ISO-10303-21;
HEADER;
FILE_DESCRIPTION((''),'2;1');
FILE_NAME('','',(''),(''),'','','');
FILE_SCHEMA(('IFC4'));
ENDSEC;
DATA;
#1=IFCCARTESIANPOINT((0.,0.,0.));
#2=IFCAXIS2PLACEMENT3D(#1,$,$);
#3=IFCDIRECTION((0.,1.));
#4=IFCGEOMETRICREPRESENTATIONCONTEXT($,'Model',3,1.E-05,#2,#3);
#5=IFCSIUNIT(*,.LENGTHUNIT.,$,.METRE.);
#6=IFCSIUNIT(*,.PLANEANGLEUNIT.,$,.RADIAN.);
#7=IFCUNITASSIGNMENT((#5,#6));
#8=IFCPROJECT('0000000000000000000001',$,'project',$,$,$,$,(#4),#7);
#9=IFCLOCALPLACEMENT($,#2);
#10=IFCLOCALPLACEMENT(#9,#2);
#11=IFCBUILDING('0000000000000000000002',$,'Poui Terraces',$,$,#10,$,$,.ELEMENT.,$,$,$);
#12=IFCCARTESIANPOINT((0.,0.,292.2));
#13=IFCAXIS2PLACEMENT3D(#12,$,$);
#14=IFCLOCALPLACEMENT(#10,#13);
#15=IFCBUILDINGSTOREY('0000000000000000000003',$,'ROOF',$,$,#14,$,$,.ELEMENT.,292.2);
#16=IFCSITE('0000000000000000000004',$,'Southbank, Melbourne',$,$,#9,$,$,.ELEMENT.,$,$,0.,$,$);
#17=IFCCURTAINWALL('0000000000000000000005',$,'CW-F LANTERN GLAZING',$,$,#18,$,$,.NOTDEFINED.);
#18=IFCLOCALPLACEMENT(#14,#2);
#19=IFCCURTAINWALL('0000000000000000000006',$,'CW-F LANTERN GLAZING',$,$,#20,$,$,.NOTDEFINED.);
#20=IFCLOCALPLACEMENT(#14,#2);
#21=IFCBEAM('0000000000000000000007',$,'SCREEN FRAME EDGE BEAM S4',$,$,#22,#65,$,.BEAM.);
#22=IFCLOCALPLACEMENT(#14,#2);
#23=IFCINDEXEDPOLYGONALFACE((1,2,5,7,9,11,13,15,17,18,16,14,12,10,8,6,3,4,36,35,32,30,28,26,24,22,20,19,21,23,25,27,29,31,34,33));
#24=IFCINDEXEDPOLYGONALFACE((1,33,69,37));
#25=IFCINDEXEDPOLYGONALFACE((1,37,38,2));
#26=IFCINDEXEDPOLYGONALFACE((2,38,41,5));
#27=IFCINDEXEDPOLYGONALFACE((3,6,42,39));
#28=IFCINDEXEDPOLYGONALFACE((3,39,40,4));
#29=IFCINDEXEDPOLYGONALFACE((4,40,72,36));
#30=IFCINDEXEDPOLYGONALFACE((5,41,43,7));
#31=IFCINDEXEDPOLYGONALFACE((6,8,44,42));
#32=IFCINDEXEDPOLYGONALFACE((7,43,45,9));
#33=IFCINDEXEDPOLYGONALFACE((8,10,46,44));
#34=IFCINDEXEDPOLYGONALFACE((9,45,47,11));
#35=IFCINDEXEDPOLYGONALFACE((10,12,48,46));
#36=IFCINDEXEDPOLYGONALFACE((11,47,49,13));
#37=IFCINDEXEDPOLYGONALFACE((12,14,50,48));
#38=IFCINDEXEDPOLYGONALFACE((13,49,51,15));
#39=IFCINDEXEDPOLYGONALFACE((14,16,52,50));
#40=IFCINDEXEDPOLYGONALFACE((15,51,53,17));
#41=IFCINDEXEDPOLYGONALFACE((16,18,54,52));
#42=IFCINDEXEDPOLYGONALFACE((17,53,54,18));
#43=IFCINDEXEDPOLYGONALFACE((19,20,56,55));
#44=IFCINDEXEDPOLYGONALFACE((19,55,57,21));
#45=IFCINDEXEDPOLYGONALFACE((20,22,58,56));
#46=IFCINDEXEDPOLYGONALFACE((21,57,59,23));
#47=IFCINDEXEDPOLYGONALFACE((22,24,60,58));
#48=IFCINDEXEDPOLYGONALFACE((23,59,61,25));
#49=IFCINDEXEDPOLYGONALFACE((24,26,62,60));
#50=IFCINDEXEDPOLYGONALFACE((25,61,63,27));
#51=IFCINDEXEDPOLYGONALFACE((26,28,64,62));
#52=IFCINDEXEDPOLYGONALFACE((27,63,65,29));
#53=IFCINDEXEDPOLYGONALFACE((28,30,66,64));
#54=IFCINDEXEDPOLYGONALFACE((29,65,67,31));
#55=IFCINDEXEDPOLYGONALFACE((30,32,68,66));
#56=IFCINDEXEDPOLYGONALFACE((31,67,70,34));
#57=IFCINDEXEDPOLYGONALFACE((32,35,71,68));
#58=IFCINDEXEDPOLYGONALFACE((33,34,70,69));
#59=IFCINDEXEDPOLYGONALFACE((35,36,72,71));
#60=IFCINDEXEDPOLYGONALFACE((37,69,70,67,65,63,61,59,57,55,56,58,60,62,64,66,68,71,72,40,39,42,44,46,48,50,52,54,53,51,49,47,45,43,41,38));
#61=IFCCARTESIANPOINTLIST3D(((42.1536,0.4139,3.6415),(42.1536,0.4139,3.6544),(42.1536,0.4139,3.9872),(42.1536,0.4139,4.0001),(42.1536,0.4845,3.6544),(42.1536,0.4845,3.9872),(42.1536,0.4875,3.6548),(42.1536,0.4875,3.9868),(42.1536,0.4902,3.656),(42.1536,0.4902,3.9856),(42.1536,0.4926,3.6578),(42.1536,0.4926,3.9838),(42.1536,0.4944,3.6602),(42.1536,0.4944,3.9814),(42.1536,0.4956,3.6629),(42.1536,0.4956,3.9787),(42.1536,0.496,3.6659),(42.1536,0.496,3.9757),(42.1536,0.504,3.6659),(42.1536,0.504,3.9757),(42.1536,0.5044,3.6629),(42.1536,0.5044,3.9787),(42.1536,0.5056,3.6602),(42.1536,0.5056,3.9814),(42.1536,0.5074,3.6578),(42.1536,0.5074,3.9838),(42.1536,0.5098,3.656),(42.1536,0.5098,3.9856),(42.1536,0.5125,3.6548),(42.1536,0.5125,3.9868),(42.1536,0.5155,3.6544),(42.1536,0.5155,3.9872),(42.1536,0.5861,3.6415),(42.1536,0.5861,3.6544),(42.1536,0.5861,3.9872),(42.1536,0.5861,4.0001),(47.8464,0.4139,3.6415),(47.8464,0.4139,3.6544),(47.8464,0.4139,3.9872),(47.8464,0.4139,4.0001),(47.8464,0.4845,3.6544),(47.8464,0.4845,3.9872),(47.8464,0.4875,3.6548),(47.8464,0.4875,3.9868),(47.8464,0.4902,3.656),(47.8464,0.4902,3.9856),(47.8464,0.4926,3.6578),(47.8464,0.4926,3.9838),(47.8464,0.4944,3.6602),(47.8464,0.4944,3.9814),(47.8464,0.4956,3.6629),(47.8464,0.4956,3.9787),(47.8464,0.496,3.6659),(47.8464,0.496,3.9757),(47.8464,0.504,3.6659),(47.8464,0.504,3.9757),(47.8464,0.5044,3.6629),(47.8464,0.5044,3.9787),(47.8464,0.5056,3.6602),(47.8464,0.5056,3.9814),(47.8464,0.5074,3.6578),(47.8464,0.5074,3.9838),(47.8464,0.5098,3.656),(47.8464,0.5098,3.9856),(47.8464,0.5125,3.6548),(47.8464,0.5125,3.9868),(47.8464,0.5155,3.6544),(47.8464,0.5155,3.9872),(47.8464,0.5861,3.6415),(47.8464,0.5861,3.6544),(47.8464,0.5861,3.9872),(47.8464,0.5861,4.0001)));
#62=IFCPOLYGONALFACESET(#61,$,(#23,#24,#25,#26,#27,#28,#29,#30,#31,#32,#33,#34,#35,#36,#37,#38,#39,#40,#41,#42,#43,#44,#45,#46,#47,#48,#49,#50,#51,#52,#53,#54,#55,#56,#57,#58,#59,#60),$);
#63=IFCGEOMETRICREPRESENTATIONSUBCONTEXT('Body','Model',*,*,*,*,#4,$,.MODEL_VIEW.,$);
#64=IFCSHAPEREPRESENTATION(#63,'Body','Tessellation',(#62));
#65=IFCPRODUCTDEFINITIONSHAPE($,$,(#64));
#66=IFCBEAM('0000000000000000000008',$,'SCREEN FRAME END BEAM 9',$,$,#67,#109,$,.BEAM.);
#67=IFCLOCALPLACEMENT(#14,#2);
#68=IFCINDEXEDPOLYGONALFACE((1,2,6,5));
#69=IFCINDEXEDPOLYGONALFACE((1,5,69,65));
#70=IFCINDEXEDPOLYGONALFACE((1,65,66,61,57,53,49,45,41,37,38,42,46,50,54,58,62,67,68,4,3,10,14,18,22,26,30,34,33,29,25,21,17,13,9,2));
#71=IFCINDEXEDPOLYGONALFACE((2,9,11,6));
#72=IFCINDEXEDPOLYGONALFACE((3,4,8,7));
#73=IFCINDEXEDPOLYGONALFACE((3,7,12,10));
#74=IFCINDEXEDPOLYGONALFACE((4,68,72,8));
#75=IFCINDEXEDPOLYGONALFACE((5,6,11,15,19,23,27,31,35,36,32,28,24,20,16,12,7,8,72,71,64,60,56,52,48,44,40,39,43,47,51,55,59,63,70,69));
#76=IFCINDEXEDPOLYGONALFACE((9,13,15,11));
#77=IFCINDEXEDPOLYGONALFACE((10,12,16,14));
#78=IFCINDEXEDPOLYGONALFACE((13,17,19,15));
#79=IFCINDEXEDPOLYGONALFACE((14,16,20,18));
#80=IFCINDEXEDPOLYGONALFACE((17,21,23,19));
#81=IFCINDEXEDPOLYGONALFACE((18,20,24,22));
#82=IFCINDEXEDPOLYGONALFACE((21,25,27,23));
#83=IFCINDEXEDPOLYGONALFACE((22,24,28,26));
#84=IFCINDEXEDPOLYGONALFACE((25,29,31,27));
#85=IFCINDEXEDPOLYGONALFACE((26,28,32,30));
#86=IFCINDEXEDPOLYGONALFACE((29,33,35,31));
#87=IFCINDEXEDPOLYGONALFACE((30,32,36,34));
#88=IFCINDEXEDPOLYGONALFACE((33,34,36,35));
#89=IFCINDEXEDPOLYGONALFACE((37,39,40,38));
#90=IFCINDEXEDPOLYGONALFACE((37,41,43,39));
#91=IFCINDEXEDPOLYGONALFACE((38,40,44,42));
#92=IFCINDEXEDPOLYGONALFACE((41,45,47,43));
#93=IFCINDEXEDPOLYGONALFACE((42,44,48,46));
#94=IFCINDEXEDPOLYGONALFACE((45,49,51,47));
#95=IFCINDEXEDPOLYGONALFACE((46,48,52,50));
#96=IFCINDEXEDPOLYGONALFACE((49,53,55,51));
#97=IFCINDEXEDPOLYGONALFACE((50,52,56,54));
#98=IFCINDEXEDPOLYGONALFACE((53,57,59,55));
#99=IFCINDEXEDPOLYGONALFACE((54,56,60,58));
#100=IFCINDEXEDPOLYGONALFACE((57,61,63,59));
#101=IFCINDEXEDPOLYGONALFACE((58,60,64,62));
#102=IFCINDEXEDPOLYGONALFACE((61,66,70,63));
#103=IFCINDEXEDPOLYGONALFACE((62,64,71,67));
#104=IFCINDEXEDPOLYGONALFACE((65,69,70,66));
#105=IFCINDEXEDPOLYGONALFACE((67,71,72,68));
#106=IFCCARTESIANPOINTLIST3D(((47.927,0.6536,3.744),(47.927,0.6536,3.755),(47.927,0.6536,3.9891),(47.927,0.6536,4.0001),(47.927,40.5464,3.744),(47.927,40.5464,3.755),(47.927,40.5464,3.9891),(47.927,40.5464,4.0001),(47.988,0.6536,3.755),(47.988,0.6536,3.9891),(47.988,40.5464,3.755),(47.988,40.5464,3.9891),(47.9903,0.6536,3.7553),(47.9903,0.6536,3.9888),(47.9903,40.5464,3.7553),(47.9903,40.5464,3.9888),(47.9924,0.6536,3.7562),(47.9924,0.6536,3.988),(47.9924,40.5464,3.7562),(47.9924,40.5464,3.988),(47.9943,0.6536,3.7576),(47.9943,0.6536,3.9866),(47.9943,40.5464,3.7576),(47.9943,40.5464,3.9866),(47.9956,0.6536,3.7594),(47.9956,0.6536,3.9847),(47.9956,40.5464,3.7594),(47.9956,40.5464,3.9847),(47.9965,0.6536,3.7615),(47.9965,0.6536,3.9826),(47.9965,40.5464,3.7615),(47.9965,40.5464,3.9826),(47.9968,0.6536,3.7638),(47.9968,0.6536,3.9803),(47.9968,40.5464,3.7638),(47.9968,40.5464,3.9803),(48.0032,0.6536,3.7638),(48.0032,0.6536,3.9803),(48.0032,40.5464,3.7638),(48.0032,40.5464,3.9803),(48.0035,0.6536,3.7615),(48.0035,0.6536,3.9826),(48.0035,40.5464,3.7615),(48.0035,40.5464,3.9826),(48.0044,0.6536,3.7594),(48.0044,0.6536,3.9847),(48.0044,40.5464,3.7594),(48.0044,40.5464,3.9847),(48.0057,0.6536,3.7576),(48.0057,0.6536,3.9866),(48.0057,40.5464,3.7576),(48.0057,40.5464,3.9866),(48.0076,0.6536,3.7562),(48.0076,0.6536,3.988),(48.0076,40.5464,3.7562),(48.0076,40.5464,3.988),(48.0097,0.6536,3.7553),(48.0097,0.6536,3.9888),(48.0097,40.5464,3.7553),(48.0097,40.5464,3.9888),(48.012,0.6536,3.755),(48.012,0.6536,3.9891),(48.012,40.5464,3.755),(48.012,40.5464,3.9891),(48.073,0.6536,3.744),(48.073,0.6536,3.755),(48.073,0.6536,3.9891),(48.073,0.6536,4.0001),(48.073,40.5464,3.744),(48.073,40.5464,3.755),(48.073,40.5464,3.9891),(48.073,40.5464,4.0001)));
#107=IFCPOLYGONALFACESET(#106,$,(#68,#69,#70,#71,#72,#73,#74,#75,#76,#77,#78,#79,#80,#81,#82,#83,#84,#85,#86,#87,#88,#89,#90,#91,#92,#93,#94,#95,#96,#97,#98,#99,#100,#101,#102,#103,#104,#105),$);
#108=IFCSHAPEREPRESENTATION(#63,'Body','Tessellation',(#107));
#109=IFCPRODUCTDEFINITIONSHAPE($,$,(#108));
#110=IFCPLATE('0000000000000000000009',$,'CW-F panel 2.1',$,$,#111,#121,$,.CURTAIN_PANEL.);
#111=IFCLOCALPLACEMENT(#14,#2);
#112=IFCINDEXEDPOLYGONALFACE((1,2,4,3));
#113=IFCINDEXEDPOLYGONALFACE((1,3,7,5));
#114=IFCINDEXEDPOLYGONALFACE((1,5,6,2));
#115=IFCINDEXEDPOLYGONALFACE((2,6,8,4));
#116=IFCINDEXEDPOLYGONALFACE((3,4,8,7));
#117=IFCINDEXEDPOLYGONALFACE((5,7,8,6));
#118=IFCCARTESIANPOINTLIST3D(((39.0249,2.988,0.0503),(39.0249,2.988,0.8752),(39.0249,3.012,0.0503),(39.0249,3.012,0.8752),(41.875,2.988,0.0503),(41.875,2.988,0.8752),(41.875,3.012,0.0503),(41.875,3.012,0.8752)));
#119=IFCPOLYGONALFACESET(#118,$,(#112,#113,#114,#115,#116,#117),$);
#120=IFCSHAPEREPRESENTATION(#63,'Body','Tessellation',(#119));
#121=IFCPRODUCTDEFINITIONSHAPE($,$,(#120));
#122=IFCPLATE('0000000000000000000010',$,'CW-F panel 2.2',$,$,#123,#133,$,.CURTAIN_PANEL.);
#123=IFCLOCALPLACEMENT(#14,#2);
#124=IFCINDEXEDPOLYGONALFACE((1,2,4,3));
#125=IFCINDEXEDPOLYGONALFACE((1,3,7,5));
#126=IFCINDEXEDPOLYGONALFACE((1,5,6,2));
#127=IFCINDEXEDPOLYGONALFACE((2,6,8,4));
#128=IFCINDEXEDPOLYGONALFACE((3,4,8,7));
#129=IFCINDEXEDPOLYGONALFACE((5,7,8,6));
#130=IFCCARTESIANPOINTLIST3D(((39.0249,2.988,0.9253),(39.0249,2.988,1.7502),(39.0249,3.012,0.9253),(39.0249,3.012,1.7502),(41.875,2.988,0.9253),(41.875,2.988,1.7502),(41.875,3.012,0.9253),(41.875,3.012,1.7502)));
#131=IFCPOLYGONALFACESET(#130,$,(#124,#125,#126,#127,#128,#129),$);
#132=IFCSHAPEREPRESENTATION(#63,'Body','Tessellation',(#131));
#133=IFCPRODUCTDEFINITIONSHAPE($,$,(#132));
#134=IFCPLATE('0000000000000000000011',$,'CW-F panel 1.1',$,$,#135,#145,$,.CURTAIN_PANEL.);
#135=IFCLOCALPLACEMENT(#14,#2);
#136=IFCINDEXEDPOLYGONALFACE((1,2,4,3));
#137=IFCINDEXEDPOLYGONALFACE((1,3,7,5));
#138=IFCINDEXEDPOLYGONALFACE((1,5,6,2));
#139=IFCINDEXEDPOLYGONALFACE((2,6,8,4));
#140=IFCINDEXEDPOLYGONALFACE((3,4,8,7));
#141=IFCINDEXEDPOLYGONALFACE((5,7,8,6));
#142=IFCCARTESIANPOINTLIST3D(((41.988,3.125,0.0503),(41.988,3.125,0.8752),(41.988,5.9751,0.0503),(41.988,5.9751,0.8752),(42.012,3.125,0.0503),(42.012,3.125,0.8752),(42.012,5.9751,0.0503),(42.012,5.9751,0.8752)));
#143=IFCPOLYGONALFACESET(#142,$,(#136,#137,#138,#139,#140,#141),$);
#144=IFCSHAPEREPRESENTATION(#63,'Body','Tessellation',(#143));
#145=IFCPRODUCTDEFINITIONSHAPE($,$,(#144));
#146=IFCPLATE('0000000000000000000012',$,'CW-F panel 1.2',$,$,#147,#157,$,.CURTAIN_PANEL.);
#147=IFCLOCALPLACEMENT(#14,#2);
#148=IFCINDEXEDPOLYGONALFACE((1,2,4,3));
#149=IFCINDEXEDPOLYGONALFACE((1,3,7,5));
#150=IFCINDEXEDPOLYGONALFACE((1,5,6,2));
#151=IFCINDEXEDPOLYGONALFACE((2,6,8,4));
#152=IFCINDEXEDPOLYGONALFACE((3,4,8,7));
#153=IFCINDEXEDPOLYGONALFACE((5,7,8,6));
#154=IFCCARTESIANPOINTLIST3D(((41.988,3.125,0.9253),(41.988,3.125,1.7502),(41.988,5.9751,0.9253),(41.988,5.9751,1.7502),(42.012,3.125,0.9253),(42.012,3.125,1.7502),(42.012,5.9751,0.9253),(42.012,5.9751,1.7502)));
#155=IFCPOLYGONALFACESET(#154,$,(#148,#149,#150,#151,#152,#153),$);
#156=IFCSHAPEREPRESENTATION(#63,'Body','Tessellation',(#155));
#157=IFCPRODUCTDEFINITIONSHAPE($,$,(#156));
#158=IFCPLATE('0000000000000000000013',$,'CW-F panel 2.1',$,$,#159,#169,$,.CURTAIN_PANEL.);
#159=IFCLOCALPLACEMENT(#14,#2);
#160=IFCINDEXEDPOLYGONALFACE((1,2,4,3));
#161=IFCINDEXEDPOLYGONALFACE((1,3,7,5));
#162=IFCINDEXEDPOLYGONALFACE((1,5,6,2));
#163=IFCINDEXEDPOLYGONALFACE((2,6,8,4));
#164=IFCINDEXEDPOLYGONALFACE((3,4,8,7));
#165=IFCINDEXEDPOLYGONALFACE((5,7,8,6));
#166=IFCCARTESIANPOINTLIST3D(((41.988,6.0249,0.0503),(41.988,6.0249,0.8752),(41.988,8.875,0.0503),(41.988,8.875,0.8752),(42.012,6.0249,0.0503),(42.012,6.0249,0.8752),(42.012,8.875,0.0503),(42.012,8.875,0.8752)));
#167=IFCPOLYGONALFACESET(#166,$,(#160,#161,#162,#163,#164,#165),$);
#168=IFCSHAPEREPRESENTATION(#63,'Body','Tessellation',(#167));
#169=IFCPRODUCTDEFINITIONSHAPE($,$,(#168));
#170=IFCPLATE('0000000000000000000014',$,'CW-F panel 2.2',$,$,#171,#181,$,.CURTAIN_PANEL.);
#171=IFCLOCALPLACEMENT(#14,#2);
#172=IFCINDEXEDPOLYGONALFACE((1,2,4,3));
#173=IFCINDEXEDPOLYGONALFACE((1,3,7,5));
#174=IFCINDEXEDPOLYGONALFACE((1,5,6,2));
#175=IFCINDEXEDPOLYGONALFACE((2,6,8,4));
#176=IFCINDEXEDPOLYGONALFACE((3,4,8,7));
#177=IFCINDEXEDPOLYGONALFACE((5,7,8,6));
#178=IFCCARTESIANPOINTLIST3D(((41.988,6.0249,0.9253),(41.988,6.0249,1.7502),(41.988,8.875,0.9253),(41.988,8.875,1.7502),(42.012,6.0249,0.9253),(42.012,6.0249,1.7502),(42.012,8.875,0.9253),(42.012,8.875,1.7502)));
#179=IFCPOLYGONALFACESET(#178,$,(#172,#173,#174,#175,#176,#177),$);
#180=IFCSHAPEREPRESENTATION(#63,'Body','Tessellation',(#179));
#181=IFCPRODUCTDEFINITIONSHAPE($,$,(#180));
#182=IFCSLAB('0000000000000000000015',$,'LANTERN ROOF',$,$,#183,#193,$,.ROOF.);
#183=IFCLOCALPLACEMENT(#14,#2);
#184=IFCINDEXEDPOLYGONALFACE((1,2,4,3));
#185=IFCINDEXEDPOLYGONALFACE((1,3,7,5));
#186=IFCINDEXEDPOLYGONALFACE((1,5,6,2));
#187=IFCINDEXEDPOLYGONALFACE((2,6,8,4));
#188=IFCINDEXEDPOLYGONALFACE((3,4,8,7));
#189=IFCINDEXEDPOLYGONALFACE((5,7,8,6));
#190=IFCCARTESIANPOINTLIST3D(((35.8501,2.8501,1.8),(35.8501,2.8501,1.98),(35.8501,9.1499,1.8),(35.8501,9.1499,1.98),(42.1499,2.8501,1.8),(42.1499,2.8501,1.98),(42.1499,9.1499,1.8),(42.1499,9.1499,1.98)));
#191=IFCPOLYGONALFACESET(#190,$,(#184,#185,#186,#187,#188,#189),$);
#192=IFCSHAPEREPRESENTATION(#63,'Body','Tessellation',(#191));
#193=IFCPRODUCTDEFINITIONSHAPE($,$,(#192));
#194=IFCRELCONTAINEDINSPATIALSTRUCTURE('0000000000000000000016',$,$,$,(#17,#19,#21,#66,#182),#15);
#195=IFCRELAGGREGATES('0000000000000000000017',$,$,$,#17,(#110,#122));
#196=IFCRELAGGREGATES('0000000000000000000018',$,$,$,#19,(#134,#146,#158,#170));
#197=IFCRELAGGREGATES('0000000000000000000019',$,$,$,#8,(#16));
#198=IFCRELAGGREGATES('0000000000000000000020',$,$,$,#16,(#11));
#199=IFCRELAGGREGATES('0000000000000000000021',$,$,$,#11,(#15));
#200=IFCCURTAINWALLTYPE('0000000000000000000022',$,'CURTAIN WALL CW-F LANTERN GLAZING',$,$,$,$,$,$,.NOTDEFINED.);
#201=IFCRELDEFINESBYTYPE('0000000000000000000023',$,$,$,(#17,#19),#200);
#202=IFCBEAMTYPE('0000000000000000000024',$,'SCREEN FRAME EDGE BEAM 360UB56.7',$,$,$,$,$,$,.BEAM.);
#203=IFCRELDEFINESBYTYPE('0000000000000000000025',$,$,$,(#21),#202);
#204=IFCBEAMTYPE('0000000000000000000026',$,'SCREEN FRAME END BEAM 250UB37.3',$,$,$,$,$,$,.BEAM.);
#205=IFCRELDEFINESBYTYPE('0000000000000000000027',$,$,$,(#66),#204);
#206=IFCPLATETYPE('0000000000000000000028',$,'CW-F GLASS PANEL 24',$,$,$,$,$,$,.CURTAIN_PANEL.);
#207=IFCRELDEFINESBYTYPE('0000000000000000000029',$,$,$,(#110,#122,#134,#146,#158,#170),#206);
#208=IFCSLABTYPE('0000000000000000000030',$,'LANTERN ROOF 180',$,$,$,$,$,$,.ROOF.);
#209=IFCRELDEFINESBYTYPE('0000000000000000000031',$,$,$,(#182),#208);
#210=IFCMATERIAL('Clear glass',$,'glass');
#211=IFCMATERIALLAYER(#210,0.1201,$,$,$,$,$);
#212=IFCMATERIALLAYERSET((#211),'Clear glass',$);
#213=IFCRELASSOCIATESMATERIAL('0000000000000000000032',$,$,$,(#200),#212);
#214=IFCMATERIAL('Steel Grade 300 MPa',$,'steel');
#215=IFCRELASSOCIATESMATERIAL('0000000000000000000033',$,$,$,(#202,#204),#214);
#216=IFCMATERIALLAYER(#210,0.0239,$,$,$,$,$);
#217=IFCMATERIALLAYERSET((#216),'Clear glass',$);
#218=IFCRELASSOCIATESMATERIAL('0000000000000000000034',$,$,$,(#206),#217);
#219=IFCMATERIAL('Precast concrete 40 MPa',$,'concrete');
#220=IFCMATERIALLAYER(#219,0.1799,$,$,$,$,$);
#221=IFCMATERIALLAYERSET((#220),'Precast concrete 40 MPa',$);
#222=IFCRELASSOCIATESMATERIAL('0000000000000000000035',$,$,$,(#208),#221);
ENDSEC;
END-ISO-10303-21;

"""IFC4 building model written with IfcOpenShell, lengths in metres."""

from ifc_helpers import new_model, si_unit, direction, frame, origin, origin_2d, place, context, subcontext, project, spatial, polyline, rectangle, i_section, outline, extrude, source, transform, mapped, material, layer, layer_set, material_profile, profile_set, type_object, element, aggregate, save


model = new_model("IFC4")

# Units and contexts
model_context = context("Model", 3, precision=1e-05, world=origin(), true_north=direction((0.0, 1.0)))
body_context = subcontext(model_context, "Body", "Model", "MODEL_VIEW")
ifc_project = project(units=[si_unit("LENGTHUNIT", "METRE"), si_unit("PLANEANGLEUNIT", "RADIAN")], contexts=[model_context])

# Site, building, storey
site_placement = place(None, origin())
site = spatial("IfcSite", under=ifc_project, at=site_placement, Name="Southbank, Melbourne", CompositionType="ELEMENT", RefElevation=0.0)
building_placement = place(site_placement, origin())
building = spatial("IfcBuilding", under=site, at=building_placement, Name="Poui Terraces", CompositionType="ELEMENT")
storey_placement = place(building_placement, frame((0.0, 0.0, 292.2)))
storey = spatial("IfcBuildingStorey", under=building, at=storey_placement, Name="ROOF", CompositionType="ELEMENT", Elevation=292.2)

# Shared definitions
ifc_material_1 = material(Name="Steel Grade 300 MPa", Category="steel")

# Curtain wall
ifc_material_2 = material(Name="Clear glass", Category="glass")
ifc_layer_1 = layer(ifc_material_2, 0.1201)
ifc_layer_set_1 = layer_set([ifc_layer_1], Name="Clear glass")
curtain_wall_type = type_object("IfcCurtainWallType", Name="CURTAIN WALL CW-F LANTERN GLAZING", PredefinedType="NOTDEFINED", material=ifc_layer_set_1)
curtain_wall_1_placement = place(storey_placement, origin())
curtain_wall_1 = element("IfcCurtainWall", 1, at=curtain_wall_1_placement, inside=storey, type_object=curtain_wall_type, Name="CW-F LANTERN GLAZING", PredefinedType="NOTDEFINED")

# Curtain wall
curtain_wall_2_placement = place(storey_placement, origin())
curtain_wall_2 = element("IfcCurtainWall", 2, at=curtain_wall_2_placement, inside=storey, type_object=curtain_wall_type, Name="CW-F LANTERN GLAZING", PredefinedType="NOTDEFINED")

# Beams
ifc_material_profile_1 = material_profile(ifc_material_1, i_section(OverallWidth=0.1721, OverallDepth=0.3586, WebThickness=0.0081, FlangeThickness=0.0129, FilletRadius=0.0115, at=origin_2d()), Name="360UB56.7")
ifc_profile_set_1 = profile_set([ifc_material_profile_1], Name="Steel Grade 300 MPa")
beam_type_1 = type_object("IfcBeamType", Name="SCREEN FRAME EDGE BEAM 360UB56.7", PredefinedType="BEAM", material=ifc_profile_set_1)
shared_shape_1 = source(origin(), body_context, "Body", "SweptSolid", [
    extrude(i_section(OverallWidth=0.1721, OverallDepth=0.3586, WebThickness=0.0081, FlangeThickness=0.0129, FilletRadius=0.0115, at=origin_2d()), origin(), (0.0, 0.0, 1.0), 5.6929),
])
beam_1_placement = place(storey_placement, frame((42.1536, 0.5, 3.8208), z_axis=(1.0, 0.0, 0.0), x_axis=(0.0, 1.0, 0.0)))
element("IfcBeam", 3, at=beam_1_placement, inside=storey, type_object=beam_type_1, Name="SCREEN FRAME EDGE BEAM S4", PredefinedType="BEAM", context=body_context, shape_type="MappedRepresentation", body=[
    mapped(shared_shape_1, transform((0.0, 0.0, 0.0))),
])
ifc_material_profile_2 = material_profile(ifc_material_1, i_section(OverallWidth=0.146, OverallDepth=0.2561, WebThickness=0.0063, FlangeThickness=0.011, FilletRadius=0.0088, at=origin_2d()), Name="250UB37.3")
ifc_profile_set_2 = profile_set([ifc_material_profile_2], Name="Steel Grade 300 MPa")
beam_type_2 = type_object("IfcBeamType", Name="SCREEN FRAME END BEAM 250UB37.3", PredefinedType="BEAM", material=ifc_profile_set_2)
shared_shape_2 = source(origin(), body_context, "Body", "SweptSolid", [
    extrude(i_section(OverallWidth=0.146, OverallDepth=0.2561, WebThickness=0.0063, FlangeThickness=0.011, FilletRadius=0.0088, at=origin_2d()), origin(), (0.0, 0.0, 1.0), 39.8928),
])
beam_2_placement = place(storey_placement, frame((48.0, 0.6536, 3.8721), z_axis=(0.0, 1.0, 0.0), x_axis=(-1.0, 0.0, 0.0)))
element("IfcBeam", 4, at=beam_2_placement, inside=storey, type_object=beam_type_2, Name="SCREEN FRAME END BEAM 9", PredefinedType="BEAM", context=body_context, shape_type="MappedRepresentation", body=[
    mapped(shared_shape_2, transform((0.0, 0.0, 0.0))),
])

# Plates
ifc_layer_2 = layer(ifc_material_2, 0.0239)
ifc_layer_set_2 = layer_set([ifc_layer_2], Name="Clear glass")
plate_type = type_object("IfcPlateType", Name="CW-F GLASS PANEL 24", PredefinedType="CURTAIN_PANEL", material=ifc_layer_set_2)
plate_1_placement = place(storey_placement, frame((40.45, 3.0, 0.0503), z_axis=(0.0, 0.0, 1.0), x_axis=(1.0, 0.0, 0.0)))
plate_1 = element("IfcPlate", 5, at=plate_1_placement, type_object=plate_type, Name="CW-F panel 2.1", PredefinedType="CURTAIN_PANEL", context=body_context, shape_type="SweptSolid", body=[
    extrude(rectangle(XDim=2.8501, YDim=0.0239, at=origin_2d()), origin(), (0.0, 0.0, 1.0), 0.825),
])
plate_2_placement = place(storey_placement, frame((40.45, 3.0, 0.9253), z_axis=(0.0, 0.0, 1.0), x_axis=(1.0, 0.0, 0.0)))
plate_2 = element("IfcPlate", 6, at=plate_2_placement, type_object=plate_type, Name="CW-F panel 2.2", PredefinedType="CURTAIN_PANEL", context=body_context, shape_type="SweptSolid", body=[
    extrude(rectangle(XDim=2.8501, YDim=0.0239, at=origin_2d()), origin(), (0.0, 0.0, 1.0), 0.825),
])
aggregate(curtain_wall_1, [plate_1, plate_2])
plate_3_placement = place(storey_placement, frame((42.0, 4.55, 0.0503), z_axis=(0.0, 0.0, 1.0), x_axis=(0.0, 1.0, 0.0)))
plate_3 = element("IfcPlate", 7, at=plate_3_placement, type_object=plate_type, Name="CW-F panel 1.1", PredefinedType="CURTAIN_PANEL", context=body_context, shape_type="SweptSolid", body=[
    extrude(rectangle(XDim=2.8501, YDim=0.0239, at=origin_2d()), origin(), (0.0, 0.0, 1.0), 0.825),
])
plate_4_placement = place(storey_placement, frame((42.0, 4.55, 0.9253), z_axis=(0.0, 0.0, 1.0), x_axis=(0.0, 1.0, 0.0)))
plate_4 = element("IfcPlate", 8, at=plate_4_placement, type_object=plate_type, Name="CW-F panel 1.2", PredefinedType="CURTAIN_PANEL", context=body_context, shape_type="SweptSolid", body=[
    extrude(rectangle(XDim=2.8501, YDim=0.0239, at=origin_2d()), origin(), (0.0, 0.0, 1.0), 0.825),
])
plate_5_placement = place(storey_placement, frame((42.0, 7.45, 0.0503), z_axis=(0.0, 0.0, 1.0), x_axis=(0.0, 1.0, 0.0)))
plate_5 = element("IfcPlate", 9, at=plate_5_placement, type_object=plate_type, Name="CW-F panel 2.1", PredefinedType="CURTAIN_PANEL", context=body_context, shape_type="SweptSolid", body=[
    extrude(rectangle(XDim=2.8501, YDim=0.0239, at=origin_2d()), origin(), (0.0, 0.0, 1.0), 0.825),
])
plate_6_placement = place(storey_placement, frame((42.0, 7.45, 0.9253), z_axis=(0.0, 0.0, 1.0), x_axis=(0.0, 1.0, 0.0)))
plate_6 = element("IfcPlate", 10, at=plate_6_placement, type_object=plate_type, Name="CW-F panel 2.2", PredefinedType="CURTAIN_PANEL", context=body_context, shape_type="SweptSolid", body=[
    extrude(rectangle(XDim=2.8501, YDim=0.0239, at=origin_2d()), origin(), (0.0, 0.0, 1.0), 0.825),
])
aggregate(curtain_wall_2, [plate_3, plate_4, plate_5, plate_6])

# Slab
ifc_material_3 = material(Name="Precast concrete 40 MPa", Category="concrete")
ifc_layer_3 = layer(ifc_material_3, 0.1799)
ifc_layer_set_3 = layer_set([ifc_layer_3], Name="Precast concrete 40 MPa")
slab_type = type_object("IfcSlabType", Name="LANTERN ROOF 180", PredefinedType="ROOF", material=ifc_layer_set_3)
shared_shape_3 = source(origin(), body_context, "Body", "SweptSolid", [
    extrude(outline(polyline([(0.0, 0.0), (0.0, 6.2998), (-6.2998, 6.2998), (-6.2998, 0.0), (0.0, 0.0)])), origin(), (0.0, 0.0, 1.0), 0.1799),
])
slab_placement = place(storey_placement, frame((42.1499, 2.8501, 1.8)))
element("IfcSlab", 11, at=slab_placement, inside=storey, type_object=slab_type, Name="LANTERN ROOF", PredefinedType="ROOF", context=body_context, shape_type="MappedRepresentation", body=[
    mapped(shared_shape_3, transform((0.0, 0.0, 0.0))),
])

save(model, "model.ifc")
